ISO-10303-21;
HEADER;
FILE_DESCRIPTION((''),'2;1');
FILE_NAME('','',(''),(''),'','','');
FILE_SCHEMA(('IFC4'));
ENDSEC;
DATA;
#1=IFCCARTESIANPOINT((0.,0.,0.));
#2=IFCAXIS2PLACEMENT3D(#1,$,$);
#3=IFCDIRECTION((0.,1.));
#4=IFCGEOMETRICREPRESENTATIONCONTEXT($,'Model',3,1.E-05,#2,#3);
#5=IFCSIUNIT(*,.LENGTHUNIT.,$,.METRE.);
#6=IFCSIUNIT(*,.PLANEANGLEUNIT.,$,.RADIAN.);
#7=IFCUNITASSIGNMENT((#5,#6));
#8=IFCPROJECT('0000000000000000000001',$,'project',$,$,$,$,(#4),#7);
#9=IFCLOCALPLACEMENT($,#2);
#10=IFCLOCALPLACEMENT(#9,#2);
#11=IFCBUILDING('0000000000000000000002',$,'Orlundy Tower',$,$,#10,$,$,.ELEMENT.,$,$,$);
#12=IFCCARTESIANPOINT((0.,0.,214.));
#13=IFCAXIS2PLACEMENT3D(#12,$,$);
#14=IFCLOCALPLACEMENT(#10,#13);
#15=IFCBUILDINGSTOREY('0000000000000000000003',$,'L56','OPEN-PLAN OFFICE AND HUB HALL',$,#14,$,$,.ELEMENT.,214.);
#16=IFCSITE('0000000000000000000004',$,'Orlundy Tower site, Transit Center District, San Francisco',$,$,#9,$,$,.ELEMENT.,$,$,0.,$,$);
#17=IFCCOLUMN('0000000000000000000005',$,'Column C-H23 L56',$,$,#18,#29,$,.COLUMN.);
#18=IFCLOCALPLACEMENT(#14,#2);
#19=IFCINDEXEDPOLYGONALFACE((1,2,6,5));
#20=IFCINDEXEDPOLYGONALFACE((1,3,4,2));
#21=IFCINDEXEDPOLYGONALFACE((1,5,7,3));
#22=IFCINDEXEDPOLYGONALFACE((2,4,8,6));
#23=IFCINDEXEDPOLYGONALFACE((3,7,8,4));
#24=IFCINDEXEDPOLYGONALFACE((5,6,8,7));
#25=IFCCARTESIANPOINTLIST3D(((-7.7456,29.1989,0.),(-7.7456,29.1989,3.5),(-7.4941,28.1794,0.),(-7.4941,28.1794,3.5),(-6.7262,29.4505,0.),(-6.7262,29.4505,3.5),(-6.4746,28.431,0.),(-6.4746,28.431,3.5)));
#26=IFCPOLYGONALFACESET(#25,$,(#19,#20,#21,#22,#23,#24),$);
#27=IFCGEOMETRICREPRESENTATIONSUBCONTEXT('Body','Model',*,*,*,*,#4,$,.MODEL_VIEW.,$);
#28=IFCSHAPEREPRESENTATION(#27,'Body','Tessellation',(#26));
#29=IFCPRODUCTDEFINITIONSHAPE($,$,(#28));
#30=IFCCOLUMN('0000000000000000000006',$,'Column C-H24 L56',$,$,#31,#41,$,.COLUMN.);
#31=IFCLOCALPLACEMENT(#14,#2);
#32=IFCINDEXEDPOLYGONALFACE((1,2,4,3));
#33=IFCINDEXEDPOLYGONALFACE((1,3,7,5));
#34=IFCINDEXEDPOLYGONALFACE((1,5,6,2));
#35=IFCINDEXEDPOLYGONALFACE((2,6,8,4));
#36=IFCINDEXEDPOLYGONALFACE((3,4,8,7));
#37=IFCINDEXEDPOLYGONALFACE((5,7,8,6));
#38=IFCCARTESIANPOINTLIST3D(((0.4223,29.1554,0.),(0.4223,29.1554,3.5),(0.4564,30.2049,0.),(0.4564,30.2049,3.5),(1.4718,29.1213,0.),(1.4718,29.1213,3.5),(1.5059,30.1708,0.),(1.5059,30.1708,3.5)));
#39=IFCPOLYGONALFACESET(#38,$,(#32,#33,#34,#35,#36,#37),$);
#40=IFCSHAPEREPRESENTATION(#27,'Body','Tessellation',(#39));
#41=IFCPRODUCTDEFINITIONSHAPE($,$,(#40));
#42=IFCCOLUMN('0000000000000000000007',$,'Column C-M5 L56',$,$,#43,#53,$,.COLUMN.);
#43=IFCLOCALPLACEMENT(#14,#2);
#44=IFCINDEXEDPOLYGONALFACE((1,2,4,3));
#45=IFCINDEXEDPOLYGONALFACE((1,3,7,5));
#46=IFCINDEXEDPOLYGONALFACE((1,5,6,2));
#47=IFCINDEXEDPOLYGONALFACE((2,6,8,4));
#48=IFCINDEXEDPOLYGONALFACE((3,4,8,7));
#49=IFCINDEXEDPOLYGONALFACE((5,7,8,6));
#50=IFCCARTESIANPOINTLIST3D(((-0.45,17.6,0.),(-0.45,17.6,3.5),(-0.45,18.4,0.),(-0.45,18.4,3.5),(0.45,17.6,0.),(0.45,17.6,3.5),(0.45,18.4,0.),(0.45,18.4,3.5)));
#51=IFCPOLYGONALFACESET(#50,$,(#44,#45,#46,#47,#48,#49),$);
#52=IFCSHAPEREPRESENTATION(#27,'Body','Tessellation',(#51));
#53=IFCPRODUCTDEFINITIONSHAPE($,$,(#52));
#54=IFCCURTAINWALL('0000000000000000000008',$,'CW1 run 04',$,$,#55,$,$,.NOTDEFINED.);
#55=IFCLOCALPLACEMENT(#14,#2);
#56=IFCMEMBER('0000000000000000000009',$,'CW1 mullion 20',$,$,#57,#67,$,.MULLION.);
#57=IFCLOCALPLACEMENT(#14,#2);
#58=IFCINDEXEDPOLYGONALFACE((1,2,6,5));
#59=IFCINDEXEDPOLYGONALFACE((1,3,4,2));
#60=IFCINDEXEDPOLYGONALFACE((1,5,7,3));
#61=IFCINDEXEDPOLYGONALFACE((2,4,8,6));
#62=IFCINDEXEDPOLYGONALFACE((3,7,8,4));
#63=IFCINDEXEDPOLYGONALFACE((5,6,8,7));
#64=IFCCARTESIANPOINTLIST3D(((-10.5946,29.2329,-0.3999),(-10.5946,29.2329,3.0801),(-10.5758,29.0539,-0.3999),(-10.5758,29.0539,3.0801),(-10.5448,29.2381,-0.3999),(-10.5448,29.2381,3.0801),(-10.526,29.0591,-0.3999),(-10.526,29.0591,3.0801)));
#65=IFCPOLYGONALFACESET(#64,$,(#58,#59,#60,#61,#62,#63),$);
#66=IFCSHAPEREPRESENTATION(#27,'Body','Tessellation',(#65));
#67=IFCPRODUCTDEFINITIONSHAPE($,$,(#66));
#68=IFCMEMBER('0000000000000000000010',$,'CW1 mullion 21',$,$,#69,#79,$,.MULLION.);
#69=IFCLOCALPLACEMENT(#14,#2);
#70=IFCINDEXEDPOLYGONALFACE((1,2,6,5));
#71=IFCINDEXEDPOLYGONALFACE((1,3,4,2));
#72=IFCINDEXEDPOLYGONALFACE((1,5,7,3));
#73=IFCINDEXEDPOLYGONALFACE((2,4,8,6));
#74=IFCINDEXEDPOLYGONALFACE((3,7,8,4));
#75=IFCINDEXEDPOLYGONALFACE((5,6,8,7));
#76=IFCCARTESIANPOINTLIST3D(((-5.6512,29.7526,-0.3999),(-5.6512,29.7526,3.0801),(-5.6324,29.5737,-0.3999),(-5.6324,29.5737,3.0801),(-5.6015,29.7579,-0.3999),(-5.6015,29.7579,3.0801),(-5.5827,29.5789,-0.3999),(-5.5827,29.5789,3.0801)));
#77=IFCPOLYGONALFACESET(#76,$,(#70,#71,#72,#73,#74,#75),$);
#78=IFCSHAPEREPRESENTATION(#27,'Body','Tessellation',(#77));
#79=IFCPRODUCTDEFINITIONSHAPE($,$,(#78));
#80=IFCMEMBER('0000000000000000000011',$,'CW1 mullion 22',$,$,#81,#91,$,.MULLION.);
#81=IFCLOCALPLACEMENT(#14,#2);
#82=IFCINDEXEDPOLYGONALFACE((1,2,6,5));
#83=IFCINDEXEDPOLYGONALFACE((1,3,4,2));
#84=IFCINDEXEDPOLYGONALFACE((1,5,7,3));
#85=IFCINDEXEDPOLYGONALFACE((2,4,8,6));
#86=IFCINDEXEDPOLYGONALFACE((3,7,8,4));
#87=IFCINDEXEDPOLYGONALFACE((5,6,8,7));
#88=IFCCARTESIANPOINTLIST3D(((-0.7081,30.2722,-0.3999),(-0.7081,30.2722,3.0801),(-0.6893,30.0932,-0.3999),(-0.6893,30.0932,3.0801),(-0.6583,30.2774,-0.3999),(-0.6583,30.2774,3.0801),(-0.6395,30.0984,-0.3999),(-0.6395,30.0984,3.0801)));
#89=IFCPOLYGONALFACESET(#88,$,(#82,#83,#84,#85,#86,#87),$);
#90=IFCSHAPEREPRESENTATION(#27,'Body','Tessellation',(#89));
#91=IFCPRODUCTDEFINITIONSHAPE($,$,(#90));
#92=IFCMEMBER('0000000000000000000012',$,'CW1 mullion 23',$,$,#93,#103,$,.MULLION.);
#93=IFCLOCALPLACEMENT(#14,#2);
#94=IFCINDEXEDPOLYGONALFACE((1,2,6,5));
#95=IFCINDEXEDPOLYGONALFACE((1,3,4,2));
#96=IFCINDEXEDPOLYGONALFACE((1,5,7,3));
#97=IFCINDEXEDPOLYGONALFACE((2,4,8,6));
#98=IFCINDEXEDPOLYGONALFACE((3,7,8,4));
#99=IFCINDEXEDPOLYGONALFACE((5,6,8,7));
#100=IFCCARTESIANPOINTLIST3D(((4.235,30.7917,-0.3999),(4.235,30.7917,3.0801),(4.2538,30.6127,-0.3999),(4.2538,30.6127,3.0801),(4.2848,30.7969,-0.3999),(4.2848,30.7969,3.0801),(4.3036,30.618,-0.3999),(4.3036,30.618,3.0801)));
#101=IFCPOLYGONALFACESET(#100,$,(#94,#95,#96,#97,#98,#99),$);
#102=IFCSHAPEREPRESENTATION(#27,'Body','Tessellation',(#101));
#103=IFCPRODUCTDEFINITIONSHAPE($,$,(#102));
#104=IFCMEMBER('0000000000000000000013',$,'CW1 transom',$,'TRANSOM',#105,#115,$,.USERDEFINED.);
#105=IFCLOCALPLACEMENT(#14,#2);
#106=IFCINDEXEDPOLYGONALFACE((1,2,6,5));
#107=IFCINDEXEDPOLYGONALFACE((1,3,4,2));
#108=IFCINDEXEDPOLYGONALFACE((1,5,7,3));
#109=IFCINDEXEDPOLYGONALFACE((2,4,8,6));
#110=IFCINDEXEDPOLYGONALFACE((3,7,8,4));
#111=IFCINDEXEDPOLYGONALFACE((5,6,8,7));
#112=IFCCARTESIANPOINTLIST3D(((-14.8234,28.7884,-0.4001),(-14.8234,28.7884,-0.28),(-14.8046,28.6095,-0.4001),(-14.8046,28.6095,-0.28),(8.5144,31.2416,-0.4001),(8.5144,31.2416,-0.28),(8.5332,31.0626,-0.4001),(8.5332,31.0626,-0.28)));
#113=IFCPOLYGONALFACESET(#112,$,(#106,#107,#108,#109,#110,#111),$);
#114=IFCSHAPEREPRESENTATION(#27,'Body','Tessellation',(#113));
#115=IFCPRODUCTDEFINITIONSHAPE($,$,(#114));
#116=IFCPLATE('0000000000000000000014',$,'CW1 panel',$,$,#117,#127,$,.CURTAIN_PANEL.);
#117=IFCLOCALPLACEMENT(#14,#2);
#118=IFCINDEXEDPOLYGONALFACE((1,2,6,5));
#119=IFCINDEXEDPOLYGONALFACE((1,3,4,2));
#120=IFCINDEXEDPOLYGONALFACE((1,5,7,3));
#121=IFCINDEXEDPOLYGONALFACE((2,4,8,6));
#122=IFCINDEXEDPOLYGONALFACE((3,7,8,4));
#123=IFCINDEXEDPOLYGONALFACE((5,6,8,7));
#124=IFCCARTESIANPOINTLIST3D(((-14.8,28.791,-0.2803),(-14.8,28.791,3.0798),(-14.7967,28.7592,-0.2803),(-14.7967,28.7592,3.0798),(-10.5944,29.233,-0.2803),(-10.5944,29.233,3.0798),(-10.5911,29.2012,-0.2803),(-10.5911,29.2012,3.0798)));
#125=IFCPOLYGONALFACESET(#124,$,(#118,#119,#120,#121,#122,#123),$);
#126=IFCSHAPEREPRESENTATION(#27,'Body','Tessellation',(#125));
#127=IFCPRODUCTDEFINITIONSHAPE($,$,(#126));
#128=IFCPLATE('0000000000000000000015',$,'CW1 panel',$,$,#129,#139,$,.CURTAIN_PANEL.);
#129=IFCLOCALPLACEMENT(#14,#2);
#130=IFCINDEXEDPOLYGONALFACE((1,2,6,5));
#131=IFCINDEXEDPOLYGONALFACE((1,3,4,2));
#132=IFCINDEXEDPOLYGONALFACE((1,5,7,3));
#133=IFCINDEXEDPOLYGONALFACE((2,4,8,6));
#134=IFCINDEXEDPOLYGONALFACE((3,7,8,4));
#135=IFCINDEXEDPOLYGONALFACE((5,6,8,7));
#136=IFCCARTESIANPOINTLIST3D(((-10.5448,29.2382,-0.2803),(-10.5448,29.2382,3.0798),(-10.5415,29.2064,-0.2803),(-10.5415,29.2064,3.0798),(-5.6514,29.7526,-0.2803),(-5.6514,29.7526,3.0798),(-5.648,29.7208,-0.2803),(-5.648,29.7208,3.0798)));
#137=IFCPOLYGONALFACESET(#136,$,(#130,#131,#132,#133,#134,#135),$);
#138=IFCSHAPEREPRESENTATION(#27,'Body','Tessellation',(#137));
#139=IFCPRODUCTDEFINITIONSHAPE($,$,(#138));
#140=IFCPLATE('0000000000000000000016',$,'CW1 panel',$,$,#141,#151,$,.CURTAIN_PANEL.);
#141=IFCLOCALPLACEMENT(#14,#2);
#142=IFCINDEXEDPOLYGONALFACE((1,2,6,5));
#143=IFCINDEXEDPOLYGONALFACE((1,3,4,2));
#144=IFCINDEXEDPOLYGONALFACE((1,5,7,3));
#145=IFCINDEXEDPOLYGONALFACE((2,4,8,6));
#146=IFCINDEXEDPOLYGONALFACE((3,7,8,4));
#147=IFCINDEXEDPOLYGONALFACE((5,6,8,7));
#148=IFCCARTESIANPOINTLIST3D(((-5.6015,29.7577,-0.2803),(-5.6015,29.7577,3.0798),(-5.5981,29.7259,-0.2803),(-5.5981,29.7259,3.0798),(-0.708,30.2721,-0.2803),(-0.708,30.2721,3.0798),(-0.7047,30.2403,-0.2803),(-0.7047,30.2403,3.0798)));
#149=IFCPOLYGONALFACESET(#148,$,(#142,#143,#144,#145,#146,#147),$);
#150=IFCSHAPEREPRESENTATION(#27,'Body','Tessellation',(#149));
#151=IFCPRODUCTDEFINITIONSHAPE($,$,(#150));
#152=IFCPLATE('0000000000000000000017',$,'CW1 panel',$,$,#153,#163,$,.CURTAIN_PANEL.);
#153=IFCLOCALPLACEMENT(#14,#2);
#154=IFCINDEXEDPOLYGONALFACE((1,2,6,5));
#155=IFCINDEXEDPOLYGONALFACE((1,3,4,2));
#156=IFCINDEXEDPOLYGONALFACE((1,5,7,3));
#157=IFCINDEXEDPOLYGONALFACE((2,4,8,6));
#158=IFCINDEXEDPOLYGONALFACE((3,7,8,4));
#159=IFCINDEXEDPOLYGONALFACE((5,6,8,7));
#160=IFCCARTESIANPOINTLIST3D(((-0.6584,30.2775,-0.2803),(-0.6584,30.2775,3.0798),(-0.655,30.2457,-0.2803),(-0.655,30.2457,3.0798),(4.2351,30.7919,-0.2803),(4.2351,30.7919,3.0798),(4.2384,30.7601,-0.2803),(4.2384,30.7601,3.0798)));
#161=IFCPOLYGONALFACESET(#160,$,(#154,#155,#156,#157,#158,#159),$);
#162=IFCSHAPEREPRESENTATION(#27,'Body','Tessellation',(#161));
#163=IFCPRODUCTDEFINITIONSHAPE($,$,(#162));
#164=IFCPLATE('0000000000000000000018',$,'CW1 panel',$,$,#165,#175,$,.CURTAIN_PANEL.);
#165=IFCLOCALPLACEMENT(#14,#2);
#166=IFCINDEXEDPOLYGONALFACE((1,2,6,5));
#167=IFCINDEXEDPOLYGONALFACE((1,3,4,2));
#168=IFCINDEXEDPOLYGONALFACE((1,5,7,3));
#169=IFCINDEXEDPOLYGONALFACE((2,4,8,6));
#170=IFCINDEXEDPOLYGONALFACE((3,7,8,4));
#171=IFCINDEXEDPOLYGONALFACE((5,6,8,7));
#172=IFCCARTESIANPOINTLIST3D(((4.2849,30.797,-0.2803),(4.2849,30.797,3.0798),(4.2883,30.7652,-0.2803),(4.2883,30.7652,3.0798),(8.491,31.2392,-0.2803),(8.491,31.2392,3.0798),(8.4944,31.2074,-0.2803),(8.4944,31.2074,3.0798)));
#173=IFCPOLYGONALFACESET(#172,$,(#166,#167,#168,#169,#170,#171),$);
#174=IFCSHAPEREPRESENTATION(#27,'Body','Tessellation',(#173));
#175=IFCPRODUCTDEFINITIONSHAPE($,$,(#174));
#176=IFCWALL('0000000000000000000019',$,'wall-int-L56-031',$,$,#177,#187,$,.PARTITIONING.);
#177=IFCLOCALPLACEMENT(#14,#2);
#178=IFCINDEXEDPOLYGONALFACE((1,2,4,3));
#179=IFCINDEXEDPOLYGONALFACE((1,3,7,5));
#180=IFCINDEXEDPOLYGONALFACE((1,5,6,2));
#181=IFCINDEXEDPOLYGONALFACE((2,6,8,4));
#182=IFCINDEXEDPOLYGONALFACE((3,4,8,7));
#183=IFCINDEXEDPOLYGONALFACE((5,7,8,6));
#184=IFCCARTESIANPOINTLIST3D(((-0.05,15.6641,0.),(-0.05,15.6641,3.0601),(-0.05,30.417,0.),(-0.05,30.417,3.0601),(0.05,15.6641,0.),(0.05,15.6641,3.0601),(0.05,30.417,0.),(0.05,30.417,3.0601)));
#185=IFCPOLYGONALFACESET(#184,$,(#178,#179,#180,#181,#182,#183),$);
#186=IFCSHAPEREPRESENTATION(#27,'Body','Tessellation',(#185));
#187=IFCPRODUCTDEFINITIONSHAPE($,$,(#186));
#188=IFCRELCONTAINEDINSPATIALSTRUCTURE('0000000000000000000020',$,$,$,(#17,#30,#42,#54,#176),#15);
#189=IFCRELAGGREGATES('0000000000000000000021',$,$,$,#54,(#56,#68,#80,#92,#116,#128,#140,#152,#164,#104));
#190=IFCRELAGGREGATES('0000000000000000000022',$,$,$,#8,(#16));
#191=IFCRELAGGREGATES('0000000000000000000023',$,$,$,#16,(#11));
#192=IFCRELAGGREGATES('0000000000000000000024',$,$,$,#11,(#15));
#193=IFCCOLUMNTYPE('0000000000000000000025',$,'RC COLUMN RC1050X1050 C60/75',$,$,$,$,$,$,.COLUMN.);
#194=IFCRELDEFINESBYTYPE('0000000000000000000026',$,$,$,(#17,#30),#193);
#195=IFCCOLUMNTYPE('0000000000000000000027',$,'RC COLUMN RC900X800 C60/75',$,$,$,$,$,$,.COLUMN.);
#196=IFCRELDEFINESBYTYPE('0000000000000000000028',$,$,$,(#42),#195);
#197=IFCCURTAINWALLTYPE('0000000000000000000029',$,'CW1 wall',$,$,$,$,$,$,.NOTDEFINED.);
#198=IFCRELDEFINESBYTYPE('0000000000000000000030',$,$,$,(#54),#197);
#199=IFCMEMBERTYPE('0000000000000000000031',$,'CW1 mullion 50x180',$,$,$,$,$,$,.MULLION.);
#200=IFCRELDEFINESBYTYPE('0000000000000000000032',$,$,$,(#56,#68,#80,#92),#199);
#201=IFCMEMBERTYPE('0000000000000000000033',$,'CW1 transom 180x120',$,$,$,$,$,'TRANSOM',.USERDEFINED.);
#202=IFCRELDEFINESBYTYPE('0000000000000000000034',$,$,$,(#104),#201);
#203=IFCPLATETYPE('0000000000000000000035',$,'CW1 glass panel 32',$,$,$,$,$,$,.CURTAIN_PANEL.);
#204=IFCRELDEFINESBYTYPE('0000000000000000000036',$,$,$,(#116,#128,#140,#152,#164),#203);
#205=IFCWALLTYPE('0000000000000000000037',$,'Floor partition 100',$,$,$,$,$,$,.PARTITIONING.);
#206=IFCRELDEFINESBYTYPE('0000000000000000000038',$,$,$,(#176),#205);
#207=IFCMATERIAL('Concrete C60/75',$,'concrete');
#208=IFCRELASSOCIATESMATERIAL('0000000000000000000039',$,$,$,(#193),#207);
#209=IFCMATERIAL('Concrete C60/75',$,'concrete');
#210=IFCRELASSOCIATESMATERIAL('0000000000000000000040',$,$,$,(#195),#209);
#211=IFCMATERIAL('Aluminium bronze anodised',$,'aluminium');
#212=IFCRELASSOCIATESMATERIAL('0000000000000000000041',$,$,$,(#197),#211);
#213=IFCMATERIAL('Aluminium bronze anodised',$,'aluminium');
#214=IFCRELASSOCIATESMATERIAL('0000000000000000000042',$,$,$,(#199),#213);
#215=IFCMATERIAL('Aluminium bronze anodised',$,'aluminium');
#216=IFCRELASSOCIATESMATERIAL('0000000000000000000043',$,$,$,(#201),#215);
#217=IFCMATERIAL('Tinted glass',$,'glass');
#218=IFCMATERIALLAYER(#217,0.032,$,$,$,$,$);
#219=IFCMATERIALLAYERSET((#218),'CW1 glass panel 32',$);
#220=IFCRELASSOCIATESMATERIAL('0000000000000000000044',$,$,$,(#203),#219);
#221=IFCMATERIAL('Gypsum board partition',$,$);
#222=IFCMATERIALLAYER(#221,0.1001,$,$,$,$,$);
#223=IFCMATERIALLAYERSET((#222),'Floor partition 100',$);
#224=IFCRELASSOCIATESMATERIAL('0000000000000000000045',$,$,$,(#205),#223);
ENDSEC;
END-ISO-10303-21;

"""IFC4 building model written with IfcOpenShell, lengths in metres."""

from ifc_helpers import new_model, si_unit, direction, frame, frame_2d, origin, origin_2d, place, context, subcontext, project, spatial, rectangle, extrude, material, layer, layer_set, material_profile, profile_set, type_object, element, aggregate, save


model = new_model("IFC4")

# Units and contexts
model_context = context("Model", 3, precision=1e-05, world=origin(), true_north=direction((0.0, 1.0)))
body_context = subcontext(model_context, "Body", "Model", "MODEL_VIEW")
ifc_project = project(units=[si_unit("LENGTHUNIT", "METRE"), si_unit("PLANEANGLEUNIT", "RADIAN")], contexts=[model_context])

# Site, building, storey
site_placement = place(None, origin())
site = spatial("IfcSite", under=ifc_project, at=site_placement, Name="Orlundy Tower site, Transit Center District, San Francisco", CompositionType="ELEMENT", RefElevation=0.0)
building_placement = place(site_placement, origin())
building = spatial("IfcBuilding", under=site, at=building_placement, Name="Orlundy Tower", CompositionType="ELEMENT")
storey_placement = place(building_placement, frame((0.0, 0.0, 214.0)))
storey = spatial("IfcBuildingStorey", under=building, at=storey_placement, Name="L56", Description="OPEN-PLAN OFFICE AND HUB HALL", CompositionType="ELEMENT", Elevation=214.0)

# Columns
ifc_material_1 = material(Name="Concrete C60/75", Category="concrete")
ifc_material_profile_1 = material_profile(ifc_material_1, rectangle(XDim=1.05, YDim=1.05, at=origin_2d()), Name="RC1050X1050")
ifc_profile_set_1 = profile_set([ifc_material_profile_1], Name="Concrete C60/75")
column_type_1 = type_object("IfcColumnType", Name="RC COLUMN RC1050X1050 C60/75", PredefinedType="COLUMN", material=ifc_profile_set_1)
for number, where, z_axis, x_axis, name in (
    (1, (-7.1101, 28.8149, 0.0), (0.0, 0.0, 1.0), (-0.239567, 0.97088, 0.0), "Column C-H23 L56"),
    (2, (0.9641, 29.6631, 0.0), (0.0, 0.0, 1.0), (0.032475, 0.999473, 0.0), "Column C-H24 L56"),
):
    element("IfcColumn", number, at=place(storey_placement, frame(where, z_axis=z_axis, x_axis=x_axis)), inside=storey, type_object=column_type_1, Name=name, PredefinedType="COLUMN", context=body_context, shape_type="SweptSolid", body=[
        extrude(rectangle(XDim=1.05, YDim=1.05, at=origin_2d()), origin(), (0.0, 0.0, 1.0), 3.5),
    ])
ifc_material_2 = material(Name="Concrete C60/75", Category="concrete")
ifc_material_profile_2 = material_profile(ifc_material_2, rectangle(XDim=0.8999, YDim=0.8, at=origin_2d()), Name="RC900X800")
ifc_profile_set_2 = profile_set([ifc_material_profile_2], Name="Concrete C60/75")
column_type_2 = type_object("IfcColumnType", Name="RC COLUMN RC900X800 C60/75", PredefinedType="COLUMN", material=ifc_profile_set_2)
column_placement = place(storey_placement, frame((0.0, 18.0, 0.0), z_axis=(0.0, 0.0, 1.0), x_axis=(1.0, 0.0, 0.0)))
element("IfcColumn", 3, at=column_placement, inside=storey, type_object=column_type_2, Name="Column C-M5 L56", PredefinedType="COLUMN", context=body_context, shape_type="SweptSolid", body=[
    extrude(rectangle(XDim=0.8999, YDim=0.8, at=origin_2d()), origin(), (0.0, 0.0, 1.0), 3.5),
])

# Curtain wall, members, plates
ifc_material_3 = material(Name="Aluminium bronze anodised", Category="aluminium")
curtain_wall_type = type_object("IfcCurtainWallType", Name="CW1 wall", PredefinedType="NOTDEFINED", material=ifc_material_3)
curtain_wall_placement = place(storey_placement, origin())
curtain_wall = element("IfcCurtainWall", 4, at=curtain_wall_placement, inside=storey, type_object=curtain_wall_type, Name="CW1 run 04", PredefinedType="NOTDEFINED")
ifc_material_4 = material(Name="Aluminium bronze anodised", Category="aluminium")
ifc_material_profile_3 = material_profile(ifc_material_4, rectangle(XDim=0.1799, YDim=0.05, at=origin_2d()), Name="CW1 mullion 50x180")
ifc_profile_set_3 = profile_set([ifc_material_profile_3], Name="Aluminium bronze anodised")
member_type_1 = type_object("IfcMemberType", Name="CW1 mullion 50x180", PredefinedType="MULLION", material=ifc_profile_set_3)
member_1_placement = place(storey_placement, frame((-10.5603, 29.146, -0.3999), z_axis=(0.0, 0.0, 1.0), x_axis=(-0.104538, 0.994521, 0.0)))
member_1 = element("IfcMember", 5, at=member_1_placement, type_object=member_type_1, Name="CW1 mullion 20", PredefinedType="MULLION", context=body_context, shape_type="SweptSolid", body=[
    extrude(rectangle(XDim=0.1799, YDim=0.05, at=origin_2d()), origin(), (0.0, 0.0, 1.0), 3.48),
])
member_2_placement = place(storey_placement, frame((-5.6169, 29.6658, -0.3999), z_axis=(0.0, 0.0, 1.0), x_axis=(-0.104538, 0.994521, 0.0)))
member_2 = element("IfcMember", 6, at=member_2_placement, type_object=member_type_1, Name="CW1 mullion 21", PredefinedType="MULLION", context=body_context, shape_type="SweptSolid", body=[
    extrude(rectangle(XDim=0.1799, YDim=0.05, at=origin_2d()), origin(), (0.0, 0.0, 1.0), 3.48),
])
member_3_placement = place(storey_placement, frame((-0.6738, 30.1853, -0.3999), z_axis=(0.0, 0.0, 1.0), x_axis=(-0.104538, 0.994521, 0.0)))
member_3 = element("IfcMember", 7, at=member_3_placement, type_object=member_type_1, Name="CW1 mullion 22", PredefinedType="MULLION", context=body_context, shape_type="SweptSolid", body=[
    extrude(rectangle(XDim=0.1799, YDim=0.05, at=origin_2d()), origin(), (0.0, 0.0, 1.0), 3.48),
])
member_4_placement = place(storey_placement, frame((4.2693, 30.7048, -0.3999), z_axis=(0.0, 0.0, 1.0), x_axis=(-0.104538, 0.994521, 0.0)))
member_4 = element("IfcMember", 8, at=member_4_placement, type_object=member_type_1, Name="CW1 mullion 23", PredefinedType="MULLION", context=body_context, shape_type="SweptSolid", body=[
    extrude(rectangle(XDim=0.1799, YDim=0.05, at=origin_2d()), origin(), (0.0, 0.0, 1.0), 3.48),
])
ifc_material_5 = material(Name="Aluminium bronze anodised", Category="aluminium")
ifc_material_profile_4 = material_profile(ifc_material_5, rectangle(XDim=0.1799, YDim=0.1201, at=origin_2d()), Name="CW1 transom 180x120")
ifc_profile_set_4 = profile_set([ifc_material_profile_4], Name="Aluminium bronze anodised")
member_type_2 = type_object("IfcMemberType", Name="CW1 transom 180x120", ElementType="TRANSOM", PredefinedType="USERDEFINED", material=ifc_profile_set_4)
member_5_placement = place(storey_placement, frame((-14.814, 28.699, -0.3401), z_axis=(0.994521, 0.104539, 0.0), x_axis=(-0.104539, 0.994521, 0.0)))
member_5 = element("IfcMember", 9, at=member_5_placement, type_object=member_type_2, Name="CW1 transom", ObjectType="TRANSOM", PredefinedType="USERDEFINED", context=body_context, shape_type="SweptSolid", body=[
    extrude(rectangle(XDim=0.1799, YDim=0.1201, at=origin_2d()), origin(), (0.0, 0.0, 1.0), 23.4663),
])
ifc_material_6 = material(Name="Tinted glass", Category="glass")
ifc_layer_1 = layer(ifc_material_6, 0.032)
ifc_layer_set_1 = layer_set([ifc_layer_1], Name="CW1 glass panel 32")
plate_type = type_object("IfcPlateType", Name="CW1 glass panel 32", PredefinedType="CURTAIN_PANEL", material=ifc_layer_set_1)
plate_1_placement = place(storey_placement, frame((-12.6956, 28.9961, -0.2803), z_axis=(0.0, 0.0, 1.0), x_axis=(0.994521, 0.104538, 0.0)))
plate_1 = element("IfcPlate", 10, at=plate_1_placement, type_object=plate_type, Name="CW1 panel", PredefinedType="CURTAIN_PANEL", context=body_context, shape_type="SweptSolid", body=[
    extrude(rectangle(XDim=4.2288, YDim=0.032, at=origin_2d()), origin(), (0.0, 0.0, 1.0), 3.3601),
])
plate_2_placement = place(storey_placement, frame((-8.0964, 29.4795, -0.2803), z_axis=(0.0, 0.0, 1.0), x_axis=(0.994521, 0.104538, 0.0)))
plate_2 = element("IfcPlate", 11, at=plate_2_placement, type_object=plate_type, Name="CW1 panel", PredefinedType="CURTAIN_PANEL", context=body_context, shape_type="SweptSolid", body=[
    extrude(rectangle(XDim=4.9204, YDim=0.032, at=origin_2d()), origin(), (0.0, 0.0, 1.0), 3.3601),
])
plate_3_placement = place(storey_placement, frame((-3.1531, 29.999, -0.2803), z_axis=(0.0, 0.0, 1.0), x_axis=(0.994521, 0.104538, 0.0)))
plate_3 = element("IfcPlate", 12, at=plate_3_placement, type_object=plate_type, Name="CW1 panel", PredefinedType="CURTAIN_PANEL", context=body_context, shape_type="SweptSolid", body=[
    extrude(rectangle(XDim=4.9204, YDim=0.032, at=origin_2d()), origin(), (0.0, 0.0, 1.0), 3.3601),
])
plate_4_placement = place(storey_placement, frame((1.79, 30.5188, -0.2803), z_axis=(0.0, 0.0, 1.0), x_axis=(0.994521, 0.104538, 0.0)))
plate_4 = element("IfcPlate", 13, at=plate_4_placement, type_object=plate_type, Name="CW1 panel", PredefinedType="CURTAIN_PANEL", context=body_context, shape_type="SweptSolid", body=[
    extrude(rectangle(XDim=4.9204, YDim=0.032, at=origin_2d()), origin(), (0.0, 0.0, 1.0), 3.3601),
])
plate_5_placement = place(storey_placement, frame((6.3896, 31.0022, -0.2803), z_axis=(0.0, 0.0, 1.0), x_axis=(0.994521, 0.104538, 0.0)))
plate_5 = element("IfcPlate", 14, at=plate_5_placement, type_object=plate_type, Name="CW1 panel", PredefinedType="CURTAIN_PANEL", context=body_context, shape_type="SweptSolid", body=[
    extrude(rectangle(XDim=4.2292, YDim=0.032, at=origin_2d()), origin(), (0.0, 0.0, 1.0), 3.3601),
])
aggregate(curtain_wall, [member_1, member_2, member_3, member_4, plate_1, plate_2, plate_3, plate_4, plate_5, member_5])

# Wall
ifc_material_7 = material(Name="Gypsum board partition")
ifc_layer_2 = layer(ifc_material_7, 0.1001)
ifc_layer_set_2 = layer_set([ifc_layer_2], Name="Floor partition 100")
wall_type_1 = type_object("IfcWallType", Name="Floor partition 100", PredefinedType="PARTITIONING", material=ifc_layer_set_2)
wall_1_placement = place(storey_placement, frame((0.0, 15.6641, 0.0), z_axis=(0.0, 0.0, 1.0), x_axis=(0.0, 1.0, 0.0)))
element("IfcWall", 15, at=wall_1_placement, inside=storey, type_object=wall_type_1, Name="wall-int-L56-031", PredefinedType="PARTITIONING", context=body_context, shape_type="SweptSolid", body=[
    extrude(rectangle(XDim=14.7529, YDim=0.1001, at=frame_2d((7.3765, 0.0))), origin(), (0.0, 0.0, 1.0), 3.0601),
])

save(model, "model.ifc")
